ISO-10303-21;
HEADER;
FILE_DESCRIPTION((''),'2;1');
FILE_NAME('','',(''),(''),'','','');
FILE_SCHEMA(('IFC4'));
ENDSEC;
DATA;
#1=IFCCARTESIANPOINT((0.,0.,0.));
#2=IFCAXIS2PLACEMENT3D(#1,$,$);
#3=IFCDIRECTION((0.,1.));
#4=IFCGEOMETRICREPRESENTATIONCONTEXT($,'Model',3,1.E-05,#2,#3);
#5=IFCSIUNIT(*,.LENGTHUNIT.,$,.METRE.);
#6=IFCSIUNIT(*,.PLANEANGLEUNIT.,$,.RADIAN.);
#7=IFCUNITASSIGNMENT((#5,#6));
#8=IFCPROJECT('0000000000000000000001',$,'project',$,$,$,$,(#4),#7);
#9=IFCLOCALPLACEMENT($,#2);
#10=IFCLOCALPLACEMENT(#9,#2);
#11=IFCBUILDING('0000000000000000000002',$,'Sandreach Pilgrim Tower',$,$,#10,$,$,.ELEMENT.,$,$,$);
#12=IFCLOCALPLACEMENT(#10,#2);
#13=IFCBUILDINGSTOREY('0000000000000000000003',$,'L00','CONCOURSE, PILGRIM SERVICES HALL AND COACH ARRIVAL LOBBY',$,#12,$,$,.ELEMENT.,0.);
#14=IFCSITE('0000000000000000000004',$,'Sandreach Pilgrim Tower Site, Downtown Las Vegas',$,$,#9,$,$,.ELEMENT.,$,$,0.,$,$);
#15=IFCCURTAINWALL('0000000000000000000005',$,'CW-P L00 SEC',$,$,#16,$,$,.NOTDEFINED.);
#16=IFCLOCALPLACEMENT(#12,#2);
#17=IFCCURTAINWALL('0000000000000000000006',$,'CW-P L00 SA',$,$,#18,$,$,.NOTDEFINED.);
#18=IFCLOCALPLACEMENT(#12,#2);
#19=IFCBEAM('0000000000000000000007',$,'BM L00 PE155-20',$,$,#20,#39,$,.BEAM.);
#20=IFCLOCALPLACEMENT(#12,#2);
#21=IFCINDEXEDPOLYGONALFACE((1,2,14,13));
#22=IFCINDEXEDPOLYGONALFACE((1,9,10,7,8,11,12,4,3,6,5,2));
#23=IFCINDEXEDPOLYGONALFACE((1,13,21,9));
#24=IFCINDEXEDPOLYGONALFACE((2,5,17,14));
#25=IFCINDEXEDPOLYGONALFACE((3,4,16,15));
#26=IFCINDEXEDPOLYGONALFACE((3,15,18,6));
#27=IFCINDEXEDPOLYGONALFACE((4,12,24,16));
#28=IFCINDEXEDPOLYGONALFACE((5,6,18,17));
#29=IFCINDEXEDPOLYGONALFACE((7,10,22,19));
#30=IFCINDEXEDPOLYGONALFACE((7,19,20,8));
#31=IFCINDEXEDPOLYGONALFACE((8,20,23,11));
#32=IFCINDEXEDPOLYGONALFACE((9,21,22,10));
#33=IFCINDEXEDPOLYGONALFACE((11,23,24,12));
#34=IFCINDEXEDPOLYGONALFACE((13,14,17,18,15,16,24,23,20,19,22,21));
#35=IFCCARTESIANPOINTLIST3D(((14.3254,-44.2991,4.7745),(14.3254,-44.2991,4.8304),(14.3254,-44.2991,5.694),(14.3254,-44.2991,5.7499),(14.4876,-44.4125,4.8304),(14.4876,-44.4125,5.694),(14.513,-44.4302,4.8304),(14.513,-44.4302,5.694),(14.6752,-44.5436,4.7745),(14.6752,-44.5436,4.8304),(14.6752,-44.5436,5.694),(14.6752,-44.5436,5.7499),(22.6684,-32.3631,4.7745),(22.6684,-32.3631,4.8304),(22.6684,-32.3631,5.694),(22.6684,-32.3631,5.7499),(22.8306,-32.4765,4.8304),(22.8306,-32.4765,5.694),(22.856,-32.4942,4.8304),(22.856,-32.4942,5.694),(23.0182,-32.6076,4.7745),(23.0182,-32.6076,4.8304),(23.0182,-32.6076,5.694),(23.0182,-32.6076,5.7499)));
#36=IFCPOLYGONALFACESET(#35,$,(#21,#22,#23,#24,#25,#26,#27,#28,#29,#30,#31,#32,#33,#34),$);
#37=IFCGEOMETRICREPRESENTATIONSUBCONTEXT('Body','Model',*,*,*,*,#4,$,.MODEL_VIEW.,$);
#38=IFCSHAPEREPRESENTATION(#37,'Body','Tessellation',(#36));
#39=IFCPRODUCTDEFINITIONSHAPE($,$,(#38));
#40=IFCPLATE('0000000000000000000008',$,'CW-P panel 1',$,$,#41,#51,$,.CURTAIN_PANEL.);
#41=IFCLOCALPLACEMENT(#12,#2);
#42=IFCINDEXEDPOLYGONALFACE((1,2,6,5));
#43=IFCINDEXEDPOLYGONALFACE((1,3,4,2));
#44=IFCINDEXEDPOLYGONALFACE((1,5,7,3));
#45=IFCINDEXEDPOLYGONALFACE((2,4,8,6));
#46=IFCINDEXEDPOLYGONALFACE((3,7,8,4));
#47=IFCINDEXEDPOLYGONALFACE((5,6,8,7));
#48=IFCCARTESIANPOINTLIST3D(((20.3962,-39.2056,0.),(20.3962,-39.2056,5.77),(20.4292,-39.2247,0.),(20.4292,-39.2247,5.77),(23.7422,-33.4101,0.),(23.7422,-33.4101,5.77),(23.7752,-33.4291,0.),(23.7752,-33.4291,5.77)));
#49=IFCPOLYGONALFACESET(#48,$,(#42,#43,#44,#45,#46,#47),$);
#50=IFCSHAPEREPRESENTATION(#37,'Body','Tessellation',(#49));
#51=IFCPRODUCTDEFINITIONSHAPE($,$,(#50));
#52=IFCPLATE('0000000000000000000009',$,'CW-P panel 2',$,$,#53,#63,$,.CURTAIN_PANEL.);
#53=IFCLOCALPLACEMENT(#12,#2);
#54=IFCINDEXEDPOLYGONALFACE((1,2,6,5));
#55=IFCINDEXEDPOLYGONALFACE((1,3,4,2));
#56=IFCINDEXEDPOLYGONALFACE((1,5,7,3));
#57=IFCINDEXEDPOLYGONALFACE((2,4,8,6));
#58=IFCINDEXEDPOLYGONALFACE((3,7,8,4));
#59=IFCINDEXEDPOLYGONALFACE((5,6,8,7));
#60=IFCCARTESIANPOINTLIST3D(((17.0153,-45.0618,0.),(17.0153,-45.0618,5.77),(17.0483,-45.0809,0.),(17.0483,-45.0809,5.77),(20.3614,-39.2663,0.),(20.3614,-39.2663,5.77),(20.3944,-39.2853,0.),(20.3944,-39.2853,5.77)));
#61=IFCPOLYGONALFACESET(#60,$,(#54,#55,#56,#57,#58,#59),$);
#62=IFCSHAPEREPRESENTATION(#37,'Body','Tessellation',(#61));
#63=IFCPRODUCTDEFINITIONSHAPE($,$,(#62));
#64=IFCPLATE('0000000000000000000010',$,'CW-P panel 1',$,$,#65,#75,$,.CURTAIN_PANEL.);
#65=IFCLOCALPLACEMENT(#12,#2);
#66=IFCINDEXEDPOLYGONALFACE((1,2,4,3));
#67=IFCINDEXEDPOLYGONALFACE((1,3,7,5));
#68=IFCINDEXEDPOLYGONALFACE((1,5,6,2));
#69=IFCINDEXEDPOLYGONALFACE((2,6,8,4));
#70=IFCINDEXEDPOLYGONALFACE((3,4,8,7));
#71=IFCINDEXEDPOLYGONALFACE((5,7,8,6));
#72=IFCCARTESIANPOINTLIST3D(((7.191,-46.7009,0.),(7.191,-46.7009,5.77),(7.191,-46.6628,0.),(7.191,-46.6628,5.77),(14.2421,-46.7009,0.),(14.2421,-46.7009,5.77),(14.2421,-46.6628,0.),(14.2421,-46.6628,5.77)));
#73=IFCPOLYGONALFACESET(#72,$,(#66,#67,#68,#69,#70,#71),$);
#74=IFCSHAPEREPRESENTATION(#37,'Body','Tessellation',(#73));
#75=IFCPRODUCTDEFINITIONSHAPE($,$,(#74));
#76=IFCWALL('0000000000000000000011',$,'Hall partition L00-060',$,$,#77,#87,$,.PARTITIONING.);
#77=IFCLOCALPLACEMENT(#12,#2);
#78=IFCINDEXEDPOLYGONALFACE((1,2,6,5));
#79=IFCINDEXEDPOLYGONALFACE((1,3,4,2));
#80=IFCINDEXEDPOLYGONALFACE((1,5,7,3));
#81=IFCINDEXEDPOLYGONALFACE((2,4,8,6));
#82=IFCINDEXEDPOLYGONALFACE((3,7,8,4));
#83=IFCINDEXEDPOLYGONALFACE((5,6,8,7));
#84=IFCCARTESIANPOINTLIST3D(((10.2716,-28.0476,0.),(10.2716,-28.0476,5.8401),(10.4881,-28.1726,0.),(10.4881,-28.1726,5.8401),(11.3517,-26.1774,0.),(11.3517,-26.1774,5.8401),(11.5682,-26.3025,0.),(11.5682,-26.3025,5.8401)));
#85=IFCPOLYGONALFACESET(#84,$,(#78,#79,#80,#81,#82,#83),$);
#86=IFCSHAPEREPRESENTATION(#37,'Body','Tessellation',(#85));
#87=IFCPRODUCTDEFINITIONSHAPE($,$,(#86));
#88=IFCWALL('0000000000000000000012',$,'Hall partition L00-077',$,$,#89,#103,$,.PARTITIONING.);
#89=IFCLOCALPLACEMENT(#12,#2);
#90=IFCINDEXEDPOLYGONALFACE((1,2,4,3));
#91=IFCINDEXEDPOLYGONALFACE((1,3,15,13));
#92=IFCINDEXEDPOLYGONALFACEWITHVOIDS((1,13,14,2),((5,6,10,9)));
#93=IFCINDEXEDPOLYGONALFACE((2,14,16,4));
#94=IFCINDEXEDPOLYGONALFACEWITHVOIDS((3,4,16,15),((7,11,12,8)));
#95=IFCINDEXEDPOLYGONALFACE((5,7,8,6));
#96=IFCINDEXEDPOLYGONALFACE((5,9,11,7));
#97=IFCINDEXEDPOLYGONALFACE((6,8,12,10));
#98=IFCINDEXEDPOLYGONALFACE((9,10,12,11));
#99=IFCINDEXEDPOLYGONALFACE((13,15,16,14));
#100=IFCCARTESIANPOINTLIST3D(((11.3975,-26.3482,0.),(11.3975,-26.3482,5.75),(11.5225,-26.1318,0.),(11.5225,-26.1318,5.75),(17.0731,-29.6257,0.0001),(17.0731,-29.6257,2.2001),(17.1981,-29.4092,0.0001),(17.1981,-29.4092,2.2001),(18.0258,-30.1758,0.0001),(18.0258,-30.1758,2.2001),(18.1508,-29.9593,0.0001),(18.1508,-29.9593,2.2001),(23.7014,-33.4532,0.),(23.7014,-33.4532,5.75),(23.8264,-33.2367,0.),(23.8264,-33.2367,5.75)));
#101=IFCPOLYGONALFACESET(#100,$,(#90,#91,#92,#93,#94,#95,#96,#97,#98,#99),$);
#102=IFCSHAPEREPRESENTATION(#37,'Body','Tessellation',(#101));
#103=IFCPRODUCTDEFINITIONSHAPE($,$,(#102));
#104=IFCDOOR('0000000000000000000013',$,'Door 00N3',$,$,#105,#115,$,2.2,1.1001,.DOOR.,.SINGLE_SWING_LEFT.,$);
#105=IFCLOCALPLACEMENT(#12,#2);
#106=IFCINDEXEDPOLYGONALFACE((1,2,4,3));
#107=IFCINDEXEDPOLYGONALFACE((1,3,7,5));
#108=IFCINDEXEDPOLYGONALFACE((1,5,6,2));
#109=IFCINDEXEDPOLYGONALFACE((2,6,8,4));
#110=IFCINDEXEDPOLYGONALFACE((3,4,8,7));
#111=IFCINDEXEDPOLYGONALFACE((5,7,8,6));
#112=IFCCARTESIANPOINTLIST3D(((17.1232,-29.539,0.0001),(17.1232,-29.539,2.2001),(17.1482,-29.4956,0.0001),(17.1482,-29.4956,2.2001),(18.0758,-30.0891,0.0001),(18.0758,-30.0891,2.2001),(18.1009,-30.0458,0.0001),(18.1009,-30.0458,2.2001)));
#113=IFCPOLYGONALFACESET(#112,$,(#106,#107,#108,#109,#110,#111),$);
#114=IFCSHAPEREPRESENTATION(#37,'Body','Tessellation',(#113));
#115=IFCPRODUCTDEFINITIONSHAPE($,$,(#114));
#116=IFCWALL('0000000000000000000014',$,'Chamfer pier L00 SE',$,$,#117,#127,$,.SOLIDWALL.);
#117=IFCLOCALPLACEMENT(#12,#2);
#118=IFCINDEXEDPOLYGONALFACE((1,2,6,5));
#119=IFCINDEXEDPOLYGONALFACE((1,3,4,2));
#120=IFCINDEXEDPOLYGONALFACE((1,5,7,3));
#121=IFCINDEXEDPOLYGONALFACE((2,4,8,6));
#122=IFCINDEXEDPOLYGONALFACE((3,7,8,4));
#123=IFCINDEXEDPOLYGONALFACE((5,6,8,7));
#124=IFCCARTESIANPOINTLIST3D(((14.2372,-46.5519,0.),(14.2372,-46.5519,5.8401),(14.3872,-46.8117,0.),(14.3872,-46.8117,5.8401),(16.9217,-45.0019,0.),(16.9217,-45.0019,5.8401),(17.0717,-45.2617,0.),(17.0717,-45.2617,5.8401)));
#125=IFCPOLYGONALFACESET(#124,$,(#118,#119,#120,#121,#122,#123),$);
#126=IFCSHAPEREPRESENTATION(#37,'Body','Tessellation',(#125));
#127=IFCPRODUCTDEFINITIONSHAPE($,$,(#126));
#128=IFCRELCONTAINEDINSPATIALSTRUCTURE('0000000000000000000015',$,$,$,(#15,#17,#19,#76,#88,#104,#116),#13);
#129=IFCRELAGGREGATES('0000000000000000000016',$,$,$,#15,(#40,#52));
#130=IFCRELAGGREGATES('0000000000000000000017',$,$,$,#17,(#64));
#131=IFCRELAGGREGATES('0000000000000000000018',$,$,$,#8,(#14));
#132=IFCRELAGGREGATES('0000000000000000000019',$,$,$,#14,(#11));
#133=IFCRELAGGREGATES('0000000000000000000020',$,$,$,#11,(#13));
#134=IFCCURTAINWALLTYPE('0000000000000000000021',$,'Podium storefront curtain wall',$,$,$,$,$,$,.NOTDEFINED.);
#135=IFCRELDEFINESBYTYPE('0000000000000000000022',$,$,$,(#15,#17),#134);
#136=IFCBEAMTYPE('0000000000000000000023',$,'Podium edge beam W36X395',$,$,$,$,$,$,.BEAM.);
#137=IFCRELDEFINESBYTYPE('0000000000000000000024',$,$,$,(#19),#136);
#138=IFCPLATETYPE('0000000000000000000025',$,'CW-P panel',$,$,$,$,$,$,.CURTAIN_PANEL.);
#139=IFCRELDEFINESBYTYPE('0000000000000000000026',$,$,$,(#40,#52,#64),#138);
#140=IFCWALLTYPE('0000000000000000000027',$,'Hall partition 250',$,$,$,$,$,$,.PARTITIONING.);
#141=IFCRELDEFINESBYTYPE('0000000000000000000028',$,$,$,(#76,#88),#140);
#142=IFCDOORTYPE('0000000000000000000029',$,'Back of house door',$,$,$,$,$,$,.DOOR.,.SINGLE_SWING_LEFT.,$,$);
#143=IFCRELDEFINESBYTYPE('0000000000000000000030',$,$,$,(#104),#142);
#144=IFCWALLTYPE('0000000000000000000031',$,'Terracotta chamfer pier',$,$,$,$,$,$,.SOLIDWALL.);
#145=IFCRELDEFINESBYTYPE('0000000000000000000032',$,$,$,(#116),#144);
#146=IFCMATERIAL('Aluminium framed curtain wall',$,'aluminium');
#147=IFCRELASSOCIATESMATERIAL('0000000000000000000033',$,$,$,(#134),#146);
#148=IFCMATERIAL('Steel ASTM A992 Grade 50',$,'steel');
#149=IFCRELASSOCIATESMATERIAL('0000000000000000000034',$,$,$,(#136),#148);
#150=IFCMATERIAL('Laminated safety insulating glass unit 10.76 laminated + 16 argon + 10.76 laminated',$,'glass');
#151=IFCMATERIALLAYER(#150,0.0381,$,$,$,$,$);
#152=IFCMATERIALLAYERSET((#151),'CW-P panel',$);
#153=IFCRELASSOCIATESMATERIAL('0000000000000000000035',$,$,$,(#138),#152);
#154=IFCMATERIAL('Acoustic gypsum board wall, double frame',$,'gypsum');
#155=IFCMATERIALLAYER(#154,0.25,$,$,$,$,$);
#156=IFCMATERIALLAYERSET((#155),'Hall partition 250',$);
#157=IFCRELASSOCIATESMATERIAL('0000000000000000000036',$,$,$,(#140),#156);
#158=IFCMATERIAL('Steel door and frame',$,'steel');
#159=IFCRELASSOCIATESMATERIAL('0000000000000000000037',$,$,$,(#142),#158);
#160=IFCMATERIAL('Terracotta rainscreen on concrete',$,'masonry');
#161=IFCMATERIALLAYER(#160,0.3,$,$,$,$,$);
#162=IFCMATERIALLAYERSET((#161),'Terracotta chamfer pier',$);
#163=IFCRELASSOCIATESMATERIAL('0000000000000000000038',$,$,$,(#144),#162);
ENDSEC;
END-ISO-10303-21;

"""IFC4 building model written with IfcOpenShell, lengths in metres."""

from ifc_helpers import new_model, si_unit, direction, frame, frame_2d, origin, origin_2d, place, context, subcontext, project, spatial, rectangle, i_section, extrude, material, layer, layer_set, material_profile, profile_set, type_object, element, fill, aggregate, save


model = new_model("IFC4")

# Units and contexts
model_context = context("Model", 3, precision=1e-05, world=origin(), true_north=direction((0.0, 1.0)))
body_context = subcontext(model_context, "Body", "Model", "MODEL_VIEW")
ifc_project = project(units=[si_unit("LENGTHUNIT", "METRE"), si_unit("PLANEANGLEUNIT", "RADIAN")], contexts=[model_context])

# Site, building, storey
site_placement = place(None, origin())
site = spatial("IfcSite", under=ifc_project, at=site_placement, Name="Sandreach Pilgrim Tower Site, Downtown Las Vegas", CompositionType="ELEMENT", RefElevation=0.0)
building_placement = place(site_placement, origin())
building = spatial("IfcBuilding", under=site, at=building_placement, Name="Sandreach Pilgrim Tower", CompositionType="ELEMENT")
storey_placement = place(building_placement, origin())
storey = spatial("IfcBuildingStorey", under=building, at=storey_placement, Name="L00", Description="CONCOURSE, PILGRIM SERVICES HALL AND COACH ARRIVAL LOBBY", CompositionType="ELEMENT", Elevation=0.0)

# Curtain wall
ifc_material_1 = material(Name="Aluminium framed curtain wall", Category="aluminium")
curtain_wall_type = type_object("IfcCurtainWallType", Name="Podium storefront curtain wall", PredefinedType="NOTDEFINED", material=ifc_material_1)
curtain_wall_1_placement = place(storey_placement, origin())
curtain_wall_1 = element("IfcCurtainWall", 1, at=curtain_wall_1_placement, inside=storey, type_object=curtain_wall_type, Name="CW-P L00 SEC", PredefinedType="NOTDEFINED")

# Curtain wall
curtain_wall_2_placement = place(storey_placement, origin())
curtain_wall_2 = element("IfcCurtainWall", 2, at=curtain_wall_2_placement, inside=storey, type_object=curtain_wall_type, Name="CW-P L00 SA", PredefinedType="NOTDEFINED")

# Beam
ifc_material_2 = material(Name="Steel ASTM A992 Grade 50", Category="steel")
ifc_material_profile_1 = material_profile(ifc_material_2, i_section(OverallWidth=0.4268, OverallDepth=0.9753, WebThickness=0.031, FlangeThickness=0.0559, at=origin_2d()), Name="W36X395")
ifc_profile_set_1 = profile_set([ifc_material_profile_1], Name="Steel ASTM A992 Grade 50")
beam_type_1 = type_object("IfcBeamType", Name="Podium edge beam W36X395", PredefinedType="BEAM", material=ifc_profile_set_1)
beam_1_placement = place(storey_placement, frame((22.8433, -32.4854, 5.2622), z_axis=(-0.5729, -0.819626, 0.0), x_axis=(0.819626, -0.5729, 0.0)))
element("IfcBeam", 3, at=beam_1_placement, inside=storey, type_object=beam_type_1, Name="BM L00 PE155-20", PredefinedType="BEAM", context=body_context, shape_type="SweptSolid", body=[
    extrude(i_section(OverallWidth=0.4268, OverallDepth=0.9753, WebThickness=0.031, FlangeThickness=0.0559, at=origin_2d()), origin(), (0.0, 0.0, 1.0), 14.5627),
])

# Plates
ifc_material_3 = material(Name="Laminated safety insulating glass unit 10.76 laminated + 16 argon + 10.76 laminated", Category="glass")
ifc_layer_1 = layer(ifc_material_3, 0.0381)
ifc_layer_set_1 = layer_set([ifc_layer_1], Name="CW-P panel")
plate_type = type_object("IfcPlateType", Name="CW-P panel", PredefinedType="CURTAIN_PANEL", material=ifc_layer_set_1)
plate_1_placement = place(storey_placement, frame((22.0857, -36.3174, 0.0), z_axis=(0.0, 0.0, 1.0), x_axis=(-0.5, -0.866025, 0.0)))
plate_1 = element("IfcPlate", 4, at=plate_1_placement, type_object=plate_type, Name="CW-P panel 1", PredefinedType="CURTAIN_PANEL", context=body_context, shape_type="SweptSolid", body=[
    extrude(rectangle(XDim=6.6921, YDim=0.0381, at=origin_2d()), origin(), (0.0, 0.0, 1.0), 5.77),
])
plate_2_placement = place(storey_placement, frame((18.7048, -42.1736, 0.0), z_axis=(0.0, 0.0, 1.0), x_axis=(-0.5, -0.866025, 0.0)))
plate_2 = element("IfcPlate", 5, at=plate_2_placement, type_object=plate_type, Name="CW-P panel 2", PredefinedType="CURTAIN_PANEL", context=body_context, shape_type="SweptSolid", body=[
    extrude(rectangle(XDim=6.6921, YDim=0.0381, at=origin_2d()), origin(), (0.0, 0.0, 1.0), 5.77),
])
aggregate(curtain_wall_1, [plate_1, plate_2])
plate_3_placement = place(storey_placement, frame((10.7166, -46.6819, 0.0), z_axis=(0.0, 0.0, 1.0), x_axis=(-1.0, 0.0, 0.0)))
plate_3 = element("IfcPlate", 6, at=plate_3_placement, type_object=plate_type, Name="CW-P panel 1", PredefinedType="CURTAIN_PANEL", context=body_context, shape_type="SweptSolid", body=[
    extrude(rectangle(XDim=7.051, YDim=0.0381, at=origin_2d()), origin(), (0.0, 0.0, 1.0), 5.77),
])
aggregate(curtain_wall_2, [plate_3])

# Wall
ifc_material_4 = material(Name="Acoustic gypsum board wall, double frame", Category="gypsum")
ifc_layer_2 = layer(ifc_material_4, 0.25)
ifc_layer_set_2 = layer_set([ifc_layer_2], Name="Hall partition 250")
wall_type_1 = type_object("IfcWallType", Name="Hall partition 250", PredefinedType="PARTITIONING", material=ifc_layer_set_2)
wall_1_placement = place(storey_placement, frame((10.3799, -28.1101, 0.0), z_axis=(0.0, 0.0, 1.0), x_axis=(0.500127, 0.865952, 0.0)))
element("IfcWall", 7, at=wall_1_placement, inside=storey, type_object=wall_type_1, Name="Hall partition L00-060", PredefinedType="PARTITIONING", context=body_context, shape_type="SweptSolid", body=[
    extrude(rectangle(XDim=2.1597, YDim=0.25, at=frame_2d((1.0798, 0.0))), origin(), (0.0, 0.0, 1.0), 5.8401),
])

# Wall, opening, door
wall_2_placement = place(storey_placement, frame((23.7639, -33.345, 0.0), z_axis=(0.0, 0.0, 1.0), x_axis=(-0.865986, 0.500068, 0.0)))
wall_2 = element("IfcWall", 8, at=wall_2_placement, inside=storey, type_object=wall_type_1, Name="Hall partition L00-077", PredefinedType="PARTITIONING", context=body_context, shape_type="SweptSolid", body=[
    extrude(rectangle(XDim=14.208, YDim=0.25, at=frame_2d((7.104, 0.0))), origin(), (0.0, 0.0, 1.0), 5.75),
])
opening_placement = place(wall_2_placement, frame((6.554, 0.0, 0.0)))
opening = element("IfcOpeningElement", 9, at=opening_placement, cuts=wall_2, PredefinedType="OPENING", context=body_context, shape_type="SweptSolid", body=[
    extrude(rectangle(XDim=1.1001, YDim=2.2, at=frame_2d((0.55, 1.1001))), frame((0.0, 0.125, 0.0), z_axis=(0.0, -1.0, 0.0), x_axis=(1.0, 0.0, 0.0)), (0.0, 0.0, 1.0), 0.25),
])
ifc_material_5 = material(Name="Steel door and frame", Category="steel")
door_type = type_object("IfcDoorType", Name="Back of house door", OperationType="SINGLE_SWING_LEFT", PredefinedType="DOOR", material=ifc_material_5)
door_placement = place(opening_placement, origin())
door = element("IfcDoor", 10, at=door_placement, inside=storey, type_object=door_type, Name="Door 00N3", OperationType="SINGLE_SWING_LEFT", OverallHeight=2.2, OverallWidth=1.1001, PredefinedType="DOOR", context=body_context, shape_type="SweptSolid", body=[
    extrude(rectangle(XDim=1.1001, YDim=2.2, at=frame_2d((0.55, 1.1001))), frame((0.0, 0.0249, 0.0), z_axis=(0.0, -1.0, 0.0), x_axis=(1.0, 0.0, 0.0)), (0.0, 0.0, 1.0), 0.05),
])
fill(opening, door)

# Wall
ifc_material_6 = material(Name="Terracotta rainscreen on concrete", Category="masonry")
ifc_layer_3 = layer(ifc_material_6, 0.3)
ifc_layer_set_3 = layer_set([ifc_layer_3], Name="Terracotta chamfer pier")
wall_type_2 = type_object("IfcWallType", Name="Terracotta chamfer pier", PredefinedType="SOLIDWALL", material=ifc_layer_set_3)
wall_3_placement = place(storey_placement, frame((16.9966, -45.1318, 0.0), z_axis=(0.0, 0.0, 1.0), x_axis=(-0.86601, -0.500027, 0.0)))
element("IfcWall", 11, at=wall_3_placement, inside=storey, type_object=wall_type_2, Name="Chamfer pier L00 SE", PredefinedType="SOLIDWALL", context=body_context, shape_type="SweptSolid", body=[
    extrude(rectangle(XDim=3.0999, YDim=0.3, at=frame_2d((1.5498, 0.0))), origin(), (0.0, 0.0, 1.0), 5.8401),
])

save(model, "model.ifc")
